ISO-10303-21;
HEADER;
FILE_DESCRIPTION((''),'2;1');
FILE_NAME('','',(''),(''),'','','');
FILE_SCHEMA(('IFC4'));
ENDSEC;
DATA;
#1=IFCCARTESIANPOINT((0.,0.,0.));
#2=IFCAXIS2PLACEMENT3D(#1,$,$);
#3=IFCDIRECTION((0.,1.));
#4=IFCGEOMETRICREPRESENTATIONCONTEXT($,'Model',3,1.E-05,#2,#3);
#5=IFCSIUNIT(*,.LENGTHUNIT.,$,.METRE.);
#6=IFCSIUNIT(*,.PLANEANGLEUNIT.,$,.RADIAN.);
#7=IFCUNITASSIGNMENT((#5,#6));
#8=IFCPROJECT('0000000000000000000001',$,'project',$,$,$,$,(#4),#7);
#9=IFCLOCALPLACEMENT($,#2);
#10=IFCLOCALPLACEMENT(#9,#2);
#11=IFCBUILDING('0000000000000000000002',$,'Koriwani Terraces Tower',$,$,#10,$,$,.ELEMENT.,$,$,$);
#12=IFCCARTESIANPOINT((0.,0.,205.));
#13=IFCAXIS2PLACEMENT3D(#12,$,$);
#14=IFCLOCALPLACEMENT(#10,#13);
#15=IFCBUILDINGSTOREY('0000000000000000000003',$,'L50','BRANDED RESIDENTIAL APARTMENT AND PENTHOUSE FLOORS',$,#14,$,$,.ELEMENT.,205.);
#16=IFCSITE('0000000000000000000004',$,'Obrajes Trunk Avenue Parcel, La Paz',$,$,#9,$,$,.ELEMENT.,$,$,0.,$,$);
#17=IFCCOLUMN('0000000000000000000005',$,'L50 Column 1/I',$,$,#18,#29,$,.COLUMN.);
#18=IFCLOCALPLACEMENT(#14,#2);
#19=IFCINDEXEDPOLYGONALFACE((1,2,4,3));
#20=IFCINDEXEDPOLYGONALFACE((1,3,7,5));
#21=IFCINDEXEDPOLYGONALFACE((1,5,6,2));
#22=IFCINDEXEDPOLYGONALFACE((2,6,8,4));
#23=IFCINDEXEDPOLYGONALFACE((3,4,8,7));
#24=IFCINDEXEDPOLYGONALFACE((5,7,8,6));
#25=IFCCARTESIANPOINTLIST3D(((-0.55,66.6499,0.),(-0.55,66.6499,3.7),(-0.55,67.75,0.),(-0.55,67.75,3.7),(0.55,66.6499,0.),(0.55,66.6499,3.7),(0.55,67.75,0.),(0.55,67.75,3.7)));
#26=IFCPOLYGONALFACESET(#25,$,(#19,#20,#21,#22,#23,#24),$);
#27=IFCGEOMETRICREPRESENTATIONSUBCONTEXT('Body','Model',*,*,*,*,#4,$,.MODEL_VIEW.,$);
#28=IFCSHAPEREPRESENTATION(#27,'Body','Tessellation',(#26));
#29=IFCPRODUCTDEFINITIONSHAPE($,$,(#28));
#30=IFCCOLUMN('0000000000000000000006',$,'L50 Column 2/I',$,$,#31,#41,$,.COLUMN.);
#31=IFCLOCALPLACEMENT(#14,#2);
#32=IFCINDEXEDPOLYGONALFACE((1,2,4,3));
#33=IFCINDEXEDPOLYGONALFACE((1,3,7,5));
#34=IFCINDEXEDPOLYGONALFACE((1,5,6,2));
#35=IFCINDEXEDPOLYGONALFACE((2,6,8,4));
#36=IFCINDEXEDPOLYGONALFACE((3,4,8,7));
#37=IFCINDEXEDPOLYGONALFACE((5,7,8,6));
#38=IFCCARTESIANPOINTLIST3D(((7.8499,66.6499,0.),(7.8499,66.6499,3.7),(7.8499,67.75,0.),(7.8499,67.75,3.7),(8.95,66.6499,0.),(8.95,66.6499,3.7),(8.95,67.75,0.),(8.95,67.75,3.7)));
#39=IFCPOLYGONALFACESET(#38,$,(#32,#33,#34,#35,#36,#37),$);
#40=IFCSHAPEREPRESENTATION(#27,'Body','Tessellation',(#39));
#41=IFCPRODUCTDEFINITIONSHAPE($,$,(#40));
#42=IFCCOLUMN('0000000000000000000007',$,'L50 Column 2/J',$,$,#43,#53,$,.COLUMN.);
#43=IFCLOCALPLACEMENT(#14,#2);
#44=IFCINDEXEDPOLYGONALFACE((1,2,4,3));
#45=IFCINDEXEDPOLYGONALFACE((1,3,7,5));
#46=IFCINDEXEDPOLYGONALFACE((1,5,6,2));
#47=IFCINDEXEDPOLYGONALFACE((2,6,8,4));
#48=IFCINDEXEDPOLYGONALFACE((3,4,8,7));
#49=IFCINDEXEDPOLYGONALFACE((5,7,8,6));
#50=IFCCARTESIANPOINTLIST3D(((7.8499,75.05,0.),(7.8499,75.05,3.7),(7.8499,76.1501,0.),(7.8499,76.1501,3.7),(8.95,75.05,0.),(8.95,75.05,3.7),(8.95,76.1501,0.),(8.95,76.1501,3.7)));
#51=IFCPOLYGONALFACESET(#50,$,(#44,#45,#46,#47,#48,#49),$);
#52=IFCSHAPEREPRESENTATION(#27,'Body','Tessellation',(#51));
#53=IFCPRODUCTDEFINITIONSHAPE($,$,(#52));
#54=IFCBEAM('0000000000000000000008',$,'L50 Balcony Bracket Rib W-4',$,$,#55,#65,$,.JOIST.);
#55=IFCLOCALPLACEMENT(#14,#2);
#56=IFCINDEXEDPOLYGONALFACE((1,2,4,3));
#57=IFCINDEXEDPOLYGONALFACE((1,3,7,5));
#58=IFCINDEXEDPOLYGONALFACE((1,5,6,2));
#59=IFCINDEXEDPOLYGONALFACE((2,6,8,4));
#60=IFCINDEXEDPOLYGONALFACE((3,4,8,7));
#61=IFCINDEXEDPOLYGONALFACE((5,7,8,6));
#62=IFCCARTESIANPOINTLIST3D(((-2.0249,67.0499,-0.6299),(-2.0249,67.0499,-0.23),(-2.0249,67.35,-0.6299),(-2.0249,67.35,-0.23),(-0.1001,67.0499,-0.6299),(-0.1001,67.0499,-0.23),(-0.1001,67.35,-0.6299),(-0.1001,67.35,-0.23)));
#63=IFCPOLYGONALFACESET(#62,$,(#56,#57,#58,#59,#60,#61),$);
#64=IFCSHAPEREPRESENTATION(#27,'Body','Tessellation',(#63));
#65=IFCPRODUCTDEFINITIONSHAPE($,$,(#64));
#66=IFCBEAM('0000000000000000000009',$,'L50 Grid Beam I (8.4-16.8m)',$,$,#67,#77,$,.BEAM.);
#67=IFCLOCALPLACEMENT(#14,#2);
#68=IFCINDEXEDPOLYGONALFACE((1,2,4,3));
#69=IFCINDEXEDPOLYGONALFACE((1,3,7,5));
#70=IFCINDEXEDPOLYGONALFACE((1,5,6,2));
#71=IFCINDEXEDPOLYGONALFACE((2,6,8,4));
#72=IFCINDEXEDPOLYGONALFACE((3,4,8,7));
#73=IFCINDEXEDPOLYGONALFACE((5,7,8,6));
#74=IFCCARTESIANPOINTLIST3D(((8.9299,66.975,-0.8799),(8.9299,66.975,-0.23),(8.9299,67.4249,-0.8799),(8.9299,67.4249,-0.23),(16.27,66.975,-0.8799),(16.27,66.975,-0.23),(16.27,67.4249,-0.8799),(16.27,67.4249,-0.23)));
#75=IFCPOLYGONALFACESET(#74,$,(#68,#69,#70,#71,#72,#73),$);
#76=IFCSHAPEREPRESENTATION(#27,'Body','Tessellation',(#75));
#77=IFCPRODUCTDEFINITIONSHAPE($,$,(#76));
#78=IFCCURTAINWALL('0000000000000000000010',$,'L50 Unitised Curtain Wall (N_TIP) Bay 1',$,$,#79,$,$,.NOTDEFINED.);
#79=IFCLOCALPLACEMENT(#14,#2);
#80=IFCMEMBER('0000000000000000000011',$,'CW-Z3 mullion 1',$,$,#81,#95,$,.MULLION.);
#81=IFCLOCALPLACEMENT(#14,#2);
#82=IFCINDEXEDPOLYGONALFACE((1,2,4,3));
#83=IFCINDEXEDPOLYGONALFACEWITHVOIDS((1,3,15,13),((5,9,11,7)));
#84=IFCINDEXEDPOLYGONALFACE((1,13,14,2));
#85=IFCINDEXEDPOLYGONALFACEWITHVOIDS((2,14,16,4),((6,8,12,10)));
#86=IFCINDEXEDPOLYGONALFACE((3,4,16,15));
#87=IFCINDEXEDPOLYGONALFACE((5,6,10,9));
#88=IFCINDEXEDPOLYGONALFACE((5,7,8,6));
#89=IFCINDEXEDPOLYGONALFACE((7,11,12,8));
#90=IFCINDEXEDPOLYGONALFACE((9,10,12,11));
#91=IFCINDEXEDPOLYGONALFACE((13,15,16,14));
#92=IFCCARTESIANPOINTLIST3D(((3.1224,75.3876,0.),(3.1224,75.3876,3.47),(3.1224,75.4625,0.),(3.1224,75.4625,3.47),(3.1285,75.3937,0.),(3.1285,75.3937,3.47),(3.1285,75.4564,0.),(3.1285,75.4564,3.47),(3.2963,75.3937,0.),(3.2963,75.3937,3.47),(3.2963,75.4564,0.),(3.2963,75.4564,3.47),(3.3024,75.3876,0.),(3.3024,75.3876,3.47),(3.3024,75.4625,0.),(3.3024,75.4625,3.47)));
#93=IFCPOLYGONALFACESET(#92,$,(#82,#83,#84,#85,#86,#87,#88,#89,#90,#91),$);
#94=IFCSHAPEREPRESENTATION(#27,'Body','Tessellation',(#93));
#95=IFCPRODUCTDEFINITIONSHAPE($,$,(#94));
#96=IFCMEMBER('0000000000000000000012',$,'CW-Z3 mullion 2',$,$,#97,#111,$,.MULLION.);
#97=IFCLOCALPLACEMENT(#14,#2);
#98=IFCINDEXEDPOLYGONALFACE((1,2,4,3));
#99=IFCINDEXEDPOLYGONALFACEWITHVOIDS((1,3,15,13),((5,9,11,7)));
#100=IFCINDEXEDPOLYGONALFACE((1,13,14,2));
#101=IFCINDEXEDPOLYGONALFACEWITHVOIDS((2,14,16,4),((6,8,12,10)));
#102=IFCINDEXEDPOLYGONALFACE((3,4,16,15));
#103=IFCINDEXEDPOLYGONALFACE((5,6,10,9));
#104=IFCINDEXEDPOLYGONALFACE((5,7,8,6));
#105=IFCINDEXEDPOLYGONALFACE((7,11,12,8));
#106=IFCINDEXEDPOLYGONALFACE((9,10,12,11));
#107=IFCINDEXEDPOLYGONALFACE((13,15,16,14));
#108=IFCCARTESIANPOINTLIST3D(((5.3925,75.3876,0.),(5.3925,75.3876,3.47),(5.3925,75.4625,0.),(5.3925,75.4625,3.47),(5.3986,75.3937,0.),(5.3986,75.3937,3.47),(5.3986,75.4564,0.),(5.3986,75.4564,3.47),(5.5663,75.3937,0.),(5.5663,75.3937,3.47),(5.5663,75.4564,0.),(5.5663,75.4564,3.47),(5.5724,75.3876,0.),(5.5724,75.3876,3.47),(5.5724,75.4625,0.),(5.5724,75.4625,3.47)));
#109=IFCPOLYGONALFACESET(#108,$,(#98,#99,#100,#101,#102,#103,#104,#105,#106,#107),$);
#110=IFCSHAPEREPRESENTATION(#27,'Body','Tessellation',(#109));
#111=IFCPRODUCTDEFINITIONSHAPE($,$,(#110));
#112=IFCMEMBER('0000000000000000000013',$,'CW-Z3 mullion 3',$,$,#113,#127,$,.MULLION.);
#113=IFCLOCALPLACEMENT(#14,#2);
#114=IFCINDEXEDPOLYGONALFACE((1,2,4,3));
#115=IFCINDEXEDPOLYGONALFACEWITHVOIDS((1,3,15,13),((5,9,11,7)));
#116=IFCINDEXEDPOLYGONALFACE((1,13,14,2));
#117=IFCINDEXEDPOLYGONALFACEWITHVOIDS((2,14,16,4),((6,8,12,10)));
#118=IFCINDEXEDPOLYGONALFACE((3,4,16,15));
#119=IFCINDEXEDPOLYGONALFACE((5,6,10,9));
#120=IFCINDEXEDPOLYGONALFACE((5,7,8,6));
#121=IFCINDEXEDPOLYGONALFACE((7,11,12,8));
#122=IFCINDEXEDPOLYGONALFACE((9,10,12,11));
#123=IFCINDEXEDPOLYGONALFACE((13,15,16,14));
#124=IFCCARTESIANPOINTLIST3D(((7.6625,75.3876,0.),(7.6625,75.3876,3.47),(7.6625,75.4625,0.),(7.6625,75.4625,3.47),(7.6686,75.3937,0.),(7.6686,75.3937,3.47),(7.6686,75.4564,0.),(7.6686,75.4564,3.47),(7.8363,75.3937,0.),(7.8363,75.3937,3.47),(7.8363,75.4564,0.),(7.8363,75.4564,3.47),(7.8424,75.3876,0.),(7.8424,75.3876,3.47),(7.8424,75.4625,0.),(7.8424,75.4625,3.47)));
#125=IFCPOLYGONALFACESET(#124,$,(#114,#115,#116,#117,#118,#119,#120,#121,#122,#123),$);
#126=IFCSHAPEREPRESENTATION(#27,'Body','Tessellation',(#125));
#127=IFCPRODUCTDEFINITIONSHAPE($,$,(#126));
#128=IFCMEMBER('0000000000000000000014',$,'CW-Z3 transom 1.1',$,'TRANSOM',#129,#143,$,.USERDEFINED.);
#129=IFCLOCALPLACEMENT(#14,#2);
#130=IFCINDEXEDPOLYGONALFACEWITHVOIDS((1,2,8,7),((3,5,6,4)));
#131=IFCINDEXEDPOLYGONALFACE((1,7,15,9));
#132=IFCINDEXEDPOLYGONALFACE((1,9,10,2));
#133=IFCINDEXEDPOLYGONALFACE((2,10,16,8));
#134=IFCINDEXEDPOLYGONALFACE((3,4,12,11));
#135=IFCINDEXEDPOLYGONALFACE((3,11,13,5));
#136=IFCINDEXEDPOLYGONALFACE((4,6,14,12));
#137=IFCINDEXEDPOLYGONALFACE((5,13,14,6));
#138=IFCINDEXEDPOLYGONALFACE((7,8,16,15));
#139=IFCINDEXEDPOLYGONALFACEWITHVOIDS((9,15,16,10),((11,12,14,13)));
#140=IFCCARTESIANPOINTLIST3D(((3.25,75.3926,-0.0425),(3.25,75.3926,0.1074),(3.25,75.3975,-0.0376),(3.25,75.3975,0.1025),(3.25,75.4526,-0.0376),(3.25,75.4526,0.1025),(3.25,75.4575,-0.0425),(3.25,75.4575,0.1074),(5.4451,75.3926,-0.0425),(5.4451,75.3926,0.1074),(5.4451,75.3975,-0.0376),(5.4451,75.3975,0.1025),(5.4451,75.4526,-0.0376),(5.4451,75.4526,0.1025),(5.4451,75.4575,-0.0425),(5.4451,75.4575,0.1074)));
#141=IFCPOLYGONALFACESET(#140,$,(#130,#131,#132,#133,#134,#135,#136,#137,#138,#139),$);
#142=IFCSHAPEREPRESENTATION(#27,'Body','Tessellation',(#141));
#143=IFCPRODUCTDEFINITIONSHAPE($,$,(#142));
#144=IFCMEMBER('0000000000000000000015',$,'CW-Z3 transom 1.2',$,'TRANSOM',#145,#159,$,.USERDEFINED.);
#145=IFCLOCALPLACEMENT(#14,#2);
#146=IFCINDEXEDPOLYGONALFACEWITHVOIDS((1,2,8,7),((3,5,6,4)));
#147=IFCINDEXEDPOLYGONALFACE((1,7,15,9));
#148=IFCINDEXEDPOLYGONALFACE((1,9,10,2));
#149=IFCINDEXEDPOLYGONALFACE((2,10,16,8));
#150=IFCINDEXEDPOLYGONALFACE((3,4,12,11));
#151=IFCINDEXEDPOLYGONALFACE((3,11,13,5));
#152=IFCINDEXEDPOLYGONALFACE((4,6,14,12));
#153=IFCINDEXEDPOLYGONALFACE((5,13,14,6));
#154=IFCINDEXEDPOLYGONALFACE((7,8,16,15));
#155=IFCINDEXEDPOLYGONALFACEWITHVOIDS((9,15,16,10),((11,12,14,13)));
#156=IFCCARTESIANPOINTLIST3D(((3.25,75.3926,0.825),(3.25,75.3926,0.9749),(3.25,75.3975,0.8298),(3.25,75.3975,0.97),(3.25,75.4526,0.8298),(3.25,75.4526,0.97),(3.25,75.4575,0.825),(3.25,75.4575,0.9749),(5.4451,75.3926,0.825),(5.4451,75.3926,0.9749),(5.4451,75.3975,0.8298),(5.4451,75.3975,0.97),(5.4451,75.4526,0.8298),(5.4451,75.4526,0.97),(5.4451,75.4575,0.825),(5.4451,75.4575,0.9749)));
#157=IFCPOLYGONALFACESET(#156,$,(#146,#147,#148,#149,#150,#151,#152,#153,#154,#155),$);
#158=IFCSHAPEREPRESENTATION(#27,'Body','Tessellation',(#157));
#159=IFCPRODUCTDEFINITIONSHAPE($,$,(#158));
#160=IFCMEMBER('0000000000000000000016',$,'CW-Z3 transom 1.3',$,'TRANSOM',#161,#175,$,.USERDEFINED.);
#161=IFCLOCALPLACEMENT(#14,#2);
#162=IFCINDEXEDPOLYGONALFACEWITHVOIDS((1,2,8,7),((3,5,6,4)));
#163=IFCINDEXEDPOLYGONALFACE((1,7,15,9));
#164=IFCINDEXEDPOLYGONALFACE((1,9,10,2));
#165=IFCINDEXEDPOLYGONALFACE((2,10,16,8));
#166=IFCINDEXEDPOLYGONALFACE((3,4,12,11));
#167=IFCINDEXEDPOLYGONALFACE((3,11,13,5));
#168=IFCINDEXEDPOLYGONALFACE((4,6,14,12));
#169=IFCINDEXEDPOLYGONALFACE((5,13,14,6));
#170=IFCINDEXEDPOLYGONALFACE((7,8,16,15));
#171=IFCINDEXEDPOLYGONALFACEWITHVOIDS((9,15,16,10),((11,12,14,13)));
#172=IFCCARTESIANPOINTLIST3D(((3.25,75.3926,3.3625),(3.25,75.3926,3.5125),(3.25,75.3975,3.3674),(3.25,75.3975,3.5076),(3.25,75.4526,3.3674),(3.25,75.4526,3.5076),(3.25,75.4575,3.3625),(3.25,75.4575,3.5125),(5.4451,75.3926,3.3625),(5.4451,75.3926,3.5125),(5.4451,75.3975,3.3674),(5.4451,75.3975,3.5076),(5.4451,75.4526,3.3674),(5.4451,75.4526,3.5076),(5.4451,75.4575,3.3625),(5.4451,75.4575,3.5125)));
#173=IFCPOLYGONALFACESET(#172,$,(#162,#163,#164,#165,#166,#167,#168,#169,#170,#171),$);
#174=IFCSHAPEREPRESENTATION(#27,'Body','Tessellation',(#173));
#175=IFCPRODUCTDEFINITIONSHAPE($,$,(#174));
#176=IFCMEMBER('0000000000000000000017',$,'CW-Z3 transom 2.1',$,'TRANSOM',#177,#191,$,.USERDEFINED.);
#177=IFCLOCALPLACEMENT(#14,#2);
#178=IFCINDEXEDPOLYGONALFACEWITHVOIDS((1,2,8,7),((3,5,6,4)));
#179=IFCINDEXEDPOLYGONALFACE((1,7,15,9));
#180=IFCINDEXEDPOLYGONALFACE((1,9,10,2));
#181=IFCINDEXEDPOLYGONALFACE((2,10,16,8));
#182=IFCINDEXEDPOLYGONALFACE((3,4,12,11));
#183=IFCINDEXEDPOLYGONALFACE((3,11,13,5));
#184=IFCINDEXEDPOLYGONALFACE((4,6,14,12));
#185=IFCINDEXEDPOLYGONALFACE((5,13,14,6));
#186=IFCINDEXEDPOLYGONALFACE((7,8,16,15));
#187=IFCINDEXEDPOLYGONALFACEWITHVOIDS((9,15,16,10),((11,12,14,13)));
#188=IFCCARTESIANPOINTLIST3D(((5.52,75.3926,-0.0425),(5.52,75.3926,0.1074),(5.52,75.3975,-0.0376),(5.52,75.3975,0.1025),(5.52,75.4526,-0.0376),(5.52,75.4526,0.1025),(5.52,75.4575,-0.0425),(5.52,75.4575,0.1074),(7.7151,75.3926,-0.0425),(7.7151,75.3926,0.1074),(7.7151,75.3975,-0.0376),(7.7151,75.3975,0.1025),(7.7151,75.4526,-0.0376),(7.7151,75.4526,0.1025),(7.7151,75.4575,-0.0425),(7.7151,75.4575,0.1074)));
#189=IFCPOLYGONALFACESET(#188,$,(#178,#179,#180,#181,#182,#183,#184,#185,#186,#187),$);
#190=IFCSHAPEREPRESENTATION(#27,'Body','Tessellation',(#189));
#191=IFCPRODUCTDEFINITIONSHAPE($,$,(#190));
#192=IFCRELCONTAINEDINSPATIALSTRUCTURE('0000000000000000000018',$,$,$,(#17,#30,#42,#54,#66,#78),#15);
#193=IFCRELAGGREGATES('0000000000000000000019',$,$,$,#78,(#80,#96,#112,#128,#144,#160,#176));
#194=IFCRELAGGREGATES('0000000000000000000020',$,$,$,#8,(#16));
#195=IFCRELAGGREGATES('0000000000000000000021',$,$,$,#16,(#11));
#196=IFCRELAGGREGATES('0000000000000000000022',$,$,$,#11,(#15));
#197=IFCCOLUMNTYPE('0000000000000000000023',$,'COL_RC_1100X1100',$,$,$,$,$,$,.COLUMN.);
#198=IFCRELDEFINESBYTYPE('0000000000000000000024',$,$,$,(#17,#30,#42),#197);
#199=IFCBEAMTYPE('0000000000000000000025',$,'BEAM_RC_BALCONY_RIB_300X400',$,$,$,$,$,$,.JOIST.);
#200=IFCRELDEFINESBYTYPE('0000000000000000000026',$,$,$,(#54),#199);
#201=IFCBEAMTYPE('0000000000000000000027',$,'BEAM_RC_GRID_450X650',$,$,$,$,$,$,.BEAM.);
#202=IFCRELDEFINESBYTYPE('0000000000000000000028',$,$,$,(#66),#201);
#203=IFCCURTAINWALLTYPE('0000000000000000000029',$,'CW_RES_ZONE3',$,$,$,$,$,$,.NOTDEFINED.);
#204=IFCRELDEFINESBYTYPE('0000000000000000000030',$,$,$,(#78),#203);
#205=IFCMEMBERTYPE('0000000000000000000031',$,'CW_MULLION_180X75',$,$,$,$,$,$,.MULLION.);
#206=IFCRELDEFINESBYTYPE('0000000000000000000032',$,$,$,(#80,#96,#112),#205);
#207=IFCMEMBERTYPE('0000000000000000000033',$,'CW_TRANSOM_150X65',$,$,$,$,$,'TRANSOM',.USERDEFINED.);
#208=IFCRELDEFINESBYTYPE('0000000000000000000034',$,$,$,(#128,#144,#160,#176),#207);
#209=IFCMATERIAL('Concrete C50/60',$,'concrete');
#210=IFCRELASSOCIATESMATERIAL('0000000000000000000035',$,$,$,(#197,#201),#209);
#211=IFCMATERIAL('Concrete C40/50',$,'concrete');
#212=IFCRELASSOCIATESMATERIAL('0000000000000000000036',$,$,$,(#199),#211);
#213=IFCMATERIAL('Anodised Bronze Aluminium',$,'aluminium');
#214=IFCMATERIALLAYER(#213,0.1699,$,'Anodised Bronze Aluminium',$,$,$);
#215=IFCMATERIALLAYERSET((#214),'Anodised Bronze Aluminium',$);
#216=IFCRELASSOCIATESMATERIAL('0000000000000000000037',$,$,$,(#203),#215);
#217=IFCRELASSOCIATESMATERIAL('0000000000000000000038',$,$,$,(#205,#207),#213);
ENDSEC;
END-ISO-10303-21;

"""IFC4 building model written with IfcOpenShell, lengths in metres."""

from ifc_helpers import new_model, si_unit, direction, frame, origin, origin_2d, place, context, subcontext, project, spatial, rectangle, hollow_rectangle, extrude, material, layer, layer_set, material_profile, profile_set, type_object, element, aggregate, save


model = new_model("IFC4")

# Units and contexts
model_context = context("Model", 3, precision=1e-05, world=origin(), true_north=direction((0.0, 1.0)))
body_context = subcontext(model_context, "Body", "Model", "MODEL_VIEW")
ifc_project = project(units=[si_unit("LENGTHUNIT", "METRE"), si_unit("PLANEANGLEUNIT", "RADIAN")], contexts=[model_context])

# Site, building, storey
site_placement = place(None, origin())
site = spatial("IfcSite", under=ifc_project, at=site_placement, Name="Obrajes Trunk Avenue Parcel, La Paz", CompositionType="ELEMENT", RefElevation=0.0)
building_placement = place(site_placement, origin())
building = spatial("IfcBuilding", under=site, at=building_placement, Name="Koriwani Terraces Tower", CompositionType="ELEMENT")
storey_placement = place(building_placement, frame((0.0, 0.0, 205.0)))
storey = spatial("IfcBuildingStorey", under=building, at=storey_placement, Name="L50", Description="BRANDED RESIDENTIAL APARTMENT AND PENTHOUSE FLOORS", CompositionType="ELEMENT", Elevation=205.0)

# Columns
ifc_material_1 = material(Name="Concrete C50/60", Category="concrete")
ifc_material_profile_1 = material_profile(ifc_material_1, rectangle(XDim=1.1001, YDim=1.1001, at=origin_2d()), Name="Concrete C50/60", Category="LoadBearing")
ifc_profile_set_1 = profile_set([ifc_material_profile_1], Name="Concrete C50/60")
column_type = type_object("IfcColumnType", Name="COL_RC_1100X1100", PredefinedType="COLUMN", material=ifc_profile_set_1)
for number, where, z_axis, x_axis, name in (
    (1, (0.0, 67.2, 0.0), (0.0, 0.0, 1.0), (1.0, 0.0, 0.0), "L50 Column 1/I"),
    (2, (8.3999, 67.2, 0.0), (0.0, 0.0, 1.0), (1.0, 0.0, 0.0), "L50 Column 2/I"),
    (3, (8.3999, 75.6001, 0.0), (0.0, 0.0, 1.0), (1.0, 0.0, 0.0), "L50 Column 2/J"),
):
    element("IfcColumn", number, at=place(storey_placement, frame(where, z_axis=z_axis, x_axis=x_axis)), inside=storey, type_object=column_type, Name=name, PredefinedType="COLUMN", context=body_context, shape_type="SweptSolid", body=[
        extrude(rectangle(XDim=1.1001, YDim=1.1001, at=origin_2d()), origin(), (0.0, 0.0, 1.0), 3.7),
    ])

# Beams
ifc_material_2 = material(Name="Concrete C40/50", Category="concrete")
ifc_material_profile_2 = material_profile(ifc_material_2, rectangle(XDim=0.3, YDim=0.3999, at=origin_2d()), Name="Concrete C40/50", Category="LoadBearing")
ifc_profile_set_2 = profile_set([ifc_material_profile_2], Name="Concrete C40/50")
beam_type_1 = type_object("IfcBeamType", Name="BEAM_RC_BALCONY_RIB_300X400", PredefinedType="JOIST", material=ifc_profile_set_2)
beam_1_placement = place(storey_placement, frame((-2.0249, 67.2, -0.4299), z_axis=(1.0, 0.0, 0.0), x_axis=(0.0, 1.0, 0.0)))
element("IfcBeam", 4, at=beam_1_placement, inside=storey, type_object=beam_type_1, Name="L50 Balcony Bracket Rib W-4", PredefinedType="JOIST", context=body_context, shape_type="SweptSolid", body=[
    extrude(rectangle(XDim=0.3, YDim=0.3999, at=origin_2d()), origin(), (0.0, 0.0, 1.0), 1.9248),
])
ifc_material_profile_3 = material_profile(ifc_material_1, rectangle(XDim=0.45, YDim=0.6499, at=origin_2d()), Name="Concrete C50/60", Category="LoadBearing")
ifc_profile_set_3 = profile_set([ifc_material_profile_3], Name="Concrete C50/60")
beam_type_2 = type_object("IfcBeamType", Name="BEAM_RC_GRID_450X650", PredefinedType="BEAM", material=ifc_profile_set_3)
beam_2_placement = place(storey_placement, frame((8.9299, 67.2, -0.5549), z_axis=(1.0, 0.0, 0.0), x_axis=(0.0, 1.0, 0.0)))
element("IfcBeam", 5, at=beam_2_placement, inside=storey, type_object=beam_type_2, Name="L50 Grid Beam I (8.4-16.8m)", PredefinedType="BEAM", context=body_context, shape_type="SweptSolid", body=[
    extrude(rectangle(XDim=0.45, YDim=0.6499, at=origin_2d()), origin(), (0.0, 0.0, 1.0), 7.3401),
])

# Curtain wall, members
ifc_material_3 = material(Name="Anodised Bronze Aluminium", Category="aluminium")
ifc_layer_1 = layer(ifc_material_3, 0.1699, Name="Anodised Bronze Aluminium")
ifc_layer_set_1 = layer_set([ifc_layer_1], Name="Anodised Bronze Aluminium")
curtain_wall_type = type_object("IfcCurtainWallType", Name="CW_RES_ZONE3", PredefinedType="NOTDEFINED", material=ifc_layer_set_1)
curtain_wall_placement = place(storey_placement, origin())
curtain_wall = element("IfcCurtainWall", 6, at=curtain_wall_placement, inside=storey, type_object=curtain_wall_type, Name="L50 Unitised Curtain Wall (N_TIP) Bay 1", PredefinedType="NOTDEFINED")
ifc_material_profile_4 = material_profile(ifc_material_3, hollow_rectangle(XDim=0.075, YDim=0.1799, WallThickness=0.0061, at=origin_2d()), Name="Anodised Bronze Aluminium", Category="LoadBearing")
ifc_profile_set_4 = profile_set([ifc_material_profile_4], Name="Anodised Bronze Aluminium")
member_type_1 = type_object("IfcMemberType", Name="CW_MULLION_180X75", PredefinedType="MULLION", material=ifc_profile_set_4)
member_1_placement = place(storey_placement, frame((3.2124, 75.425, 0.0), z_axis=(0.0, 0.0, 1.0), x_axis=(0.0, 1.0, 0.0)))
member_1 = element("IfcMember", 7, at=member_1_placement, type_object=member_type_1, Name="CW-Z3 mullion 1", PredefinedType="MULLION", context=body_context, shape_type="SweptSolid", body=[
    extrude(hollow_rectangle(XDim=0.075, YDim=0.1799, WallThickness=0.0061, at=origin_2d()), origin(), (0.0, 0.0, 1.0), 3.47),
])
member_2_placement = place(storey_placement, frame((5.4824, 75.425, 0.0), z_axis=(0.0, 0.0, 1.0), x_axis=(0.0, 1.0, 0.0)))
member_2 = element("IfcMember", 8, at=member_2_placement, type_object=member_type_1, Name="CW-Z3 mullion 2", PredefinedType="MULLION", context=body_context, shape_type="SweptSolid", body=[
    extrude(hollow_rectangle(XDim=0.075, YDim=0.1799, WallThickness=0.0061, at=origin_2d()), origin(), (0.0, 0.0, 1.0), 3.47),
])
member_3_placement = place(storey_placement, frame((7.7524, 75.425, 0.0), z_axis=(0.0, 0.0, 1.0), x_axis=(0.0, 1.0, 0.0)))
member_3 = element("IfcMember", 9, at=member_3_placement, type_object=member_type_1, Name="CW-Z3 mullion 3", PredefinedType="MULLION", context=body_context, shape_type="SweptSolid", body=[
    extrude(hollow_rectangle(XDim=0.075, YDim=0.1799, WallThickness=0.0061, at=origin_2d()), origin(), (0.0, 0.0, 1.0), 3.47),
])
ifc_material_profile_5 = material_profile(ifc_material_3, hollow_rectangle(XDim=0.0649, YDim=0.1499, WallThickness=0.0049, at=origin_2d()), Name="Anodised Bronze Aluminium", Category="LoadBearing")
ifc_profile_set_5 = profile_set([ifc_material_profile_5], Name="Anodised Bronze Aluminium")
member_type_2 = type_object("IfcMemberType", Name="CW_TRANSOM_150X65", ElementType="TRANSOM", PredefinedType="USERDEFINED", material=ifc_profile_set_5)
member_4_placement = place(storey_placement, frame((3.25, 75.425, 0.0325), z_axis=(1.0, 0.0, 0.0), x_axis=(0.0, 1.0, 0.0)))
member_4 = element("IfcMember", 10, at=member_4_placement, type_object=member_type_2, Name="CW-Z3 transom 1.1", ObjectType="TRANSOM", PredefinedType="USERDEFINED", context=body_context, shape_type="SweptSolid", body=[
    extrude(hollow_rectangle(XDim=0.0649, YDim=0.1499, WallThickness=0.0049, at=origin_2d()), origin(), (0.0, 0.0, 1.0), 2.1951),
])
member_5_placement = place(storey_placement, frame((3.25, 75.425, 0.8999), z_axis=(1.0, 0.0, 0.0), x_axis=(0.0, 1.0, 0.0)))
member_5 = element("IfcMember", 11, at=member_5_placement, type_object=member_type_2, Name="CW-Z3 transom 1.2", ObjectType="TRANSOM", PredefinedType="USERDEFINED", context=body_context, shape_type="SweptSolid", body=[
    extrude(hollow_rectangle(XDim=0.0649, YDim=0.1499, WallThickness=0.0049, at=origin_2d()), origin(), (0.0, 0.0, 1.0), 2.1951),
])
member_6_placement = place(storey_placement, frame((3.25, 75.425, 3.4375), z_axis=(1.0, 0.0, 0.0), x_axis=(0.0, 1.0, 0.0)))
member_6 = element("IfcMember", 12, at=member_6_placement, type_object=member_type_2, Name="CW-Z3 transom 1.3", ObjectType="TRANSOM", PredefinedType="USERDEFINED", context=body_context, shape_type="SweptSolid", body=[
    extrude(hollow_rectangle(XDim=0.0649, YDim=0.1499, WallThickness=0.0049, at=origin_2d()), origin(), (0.0, 0.0, 1.0), 2.1951),
])
member_7_placement = place(storey_placement, frame((5.52, 75.425, 0.0325), z_axis=(1.0, 0.0, 0.0), x_axis=(0.0, 1.0, 0.0)))
member_7 = element("IfcMember", 13, at=member_7_placement, type_object=member_type_2, Name="CW-Z3 transom 2.1", ObjectType="TRANSOM", PredefinedType="USERDEFINED", context=body_context, shape_type="SweptSolid", body=[
    extrude(hollow_rectangle(XDim=0.0649, YDim=0.1499, WallThickness=0.0049, at=origin_2d()), origin(), (0.0, 0.0, 1.0), 2.1951),
])

aggregate(curtain_wall, [member_1, member_2, member_3, member_4, member_5, member_6, member_7])

save(model, "model.ifc")
